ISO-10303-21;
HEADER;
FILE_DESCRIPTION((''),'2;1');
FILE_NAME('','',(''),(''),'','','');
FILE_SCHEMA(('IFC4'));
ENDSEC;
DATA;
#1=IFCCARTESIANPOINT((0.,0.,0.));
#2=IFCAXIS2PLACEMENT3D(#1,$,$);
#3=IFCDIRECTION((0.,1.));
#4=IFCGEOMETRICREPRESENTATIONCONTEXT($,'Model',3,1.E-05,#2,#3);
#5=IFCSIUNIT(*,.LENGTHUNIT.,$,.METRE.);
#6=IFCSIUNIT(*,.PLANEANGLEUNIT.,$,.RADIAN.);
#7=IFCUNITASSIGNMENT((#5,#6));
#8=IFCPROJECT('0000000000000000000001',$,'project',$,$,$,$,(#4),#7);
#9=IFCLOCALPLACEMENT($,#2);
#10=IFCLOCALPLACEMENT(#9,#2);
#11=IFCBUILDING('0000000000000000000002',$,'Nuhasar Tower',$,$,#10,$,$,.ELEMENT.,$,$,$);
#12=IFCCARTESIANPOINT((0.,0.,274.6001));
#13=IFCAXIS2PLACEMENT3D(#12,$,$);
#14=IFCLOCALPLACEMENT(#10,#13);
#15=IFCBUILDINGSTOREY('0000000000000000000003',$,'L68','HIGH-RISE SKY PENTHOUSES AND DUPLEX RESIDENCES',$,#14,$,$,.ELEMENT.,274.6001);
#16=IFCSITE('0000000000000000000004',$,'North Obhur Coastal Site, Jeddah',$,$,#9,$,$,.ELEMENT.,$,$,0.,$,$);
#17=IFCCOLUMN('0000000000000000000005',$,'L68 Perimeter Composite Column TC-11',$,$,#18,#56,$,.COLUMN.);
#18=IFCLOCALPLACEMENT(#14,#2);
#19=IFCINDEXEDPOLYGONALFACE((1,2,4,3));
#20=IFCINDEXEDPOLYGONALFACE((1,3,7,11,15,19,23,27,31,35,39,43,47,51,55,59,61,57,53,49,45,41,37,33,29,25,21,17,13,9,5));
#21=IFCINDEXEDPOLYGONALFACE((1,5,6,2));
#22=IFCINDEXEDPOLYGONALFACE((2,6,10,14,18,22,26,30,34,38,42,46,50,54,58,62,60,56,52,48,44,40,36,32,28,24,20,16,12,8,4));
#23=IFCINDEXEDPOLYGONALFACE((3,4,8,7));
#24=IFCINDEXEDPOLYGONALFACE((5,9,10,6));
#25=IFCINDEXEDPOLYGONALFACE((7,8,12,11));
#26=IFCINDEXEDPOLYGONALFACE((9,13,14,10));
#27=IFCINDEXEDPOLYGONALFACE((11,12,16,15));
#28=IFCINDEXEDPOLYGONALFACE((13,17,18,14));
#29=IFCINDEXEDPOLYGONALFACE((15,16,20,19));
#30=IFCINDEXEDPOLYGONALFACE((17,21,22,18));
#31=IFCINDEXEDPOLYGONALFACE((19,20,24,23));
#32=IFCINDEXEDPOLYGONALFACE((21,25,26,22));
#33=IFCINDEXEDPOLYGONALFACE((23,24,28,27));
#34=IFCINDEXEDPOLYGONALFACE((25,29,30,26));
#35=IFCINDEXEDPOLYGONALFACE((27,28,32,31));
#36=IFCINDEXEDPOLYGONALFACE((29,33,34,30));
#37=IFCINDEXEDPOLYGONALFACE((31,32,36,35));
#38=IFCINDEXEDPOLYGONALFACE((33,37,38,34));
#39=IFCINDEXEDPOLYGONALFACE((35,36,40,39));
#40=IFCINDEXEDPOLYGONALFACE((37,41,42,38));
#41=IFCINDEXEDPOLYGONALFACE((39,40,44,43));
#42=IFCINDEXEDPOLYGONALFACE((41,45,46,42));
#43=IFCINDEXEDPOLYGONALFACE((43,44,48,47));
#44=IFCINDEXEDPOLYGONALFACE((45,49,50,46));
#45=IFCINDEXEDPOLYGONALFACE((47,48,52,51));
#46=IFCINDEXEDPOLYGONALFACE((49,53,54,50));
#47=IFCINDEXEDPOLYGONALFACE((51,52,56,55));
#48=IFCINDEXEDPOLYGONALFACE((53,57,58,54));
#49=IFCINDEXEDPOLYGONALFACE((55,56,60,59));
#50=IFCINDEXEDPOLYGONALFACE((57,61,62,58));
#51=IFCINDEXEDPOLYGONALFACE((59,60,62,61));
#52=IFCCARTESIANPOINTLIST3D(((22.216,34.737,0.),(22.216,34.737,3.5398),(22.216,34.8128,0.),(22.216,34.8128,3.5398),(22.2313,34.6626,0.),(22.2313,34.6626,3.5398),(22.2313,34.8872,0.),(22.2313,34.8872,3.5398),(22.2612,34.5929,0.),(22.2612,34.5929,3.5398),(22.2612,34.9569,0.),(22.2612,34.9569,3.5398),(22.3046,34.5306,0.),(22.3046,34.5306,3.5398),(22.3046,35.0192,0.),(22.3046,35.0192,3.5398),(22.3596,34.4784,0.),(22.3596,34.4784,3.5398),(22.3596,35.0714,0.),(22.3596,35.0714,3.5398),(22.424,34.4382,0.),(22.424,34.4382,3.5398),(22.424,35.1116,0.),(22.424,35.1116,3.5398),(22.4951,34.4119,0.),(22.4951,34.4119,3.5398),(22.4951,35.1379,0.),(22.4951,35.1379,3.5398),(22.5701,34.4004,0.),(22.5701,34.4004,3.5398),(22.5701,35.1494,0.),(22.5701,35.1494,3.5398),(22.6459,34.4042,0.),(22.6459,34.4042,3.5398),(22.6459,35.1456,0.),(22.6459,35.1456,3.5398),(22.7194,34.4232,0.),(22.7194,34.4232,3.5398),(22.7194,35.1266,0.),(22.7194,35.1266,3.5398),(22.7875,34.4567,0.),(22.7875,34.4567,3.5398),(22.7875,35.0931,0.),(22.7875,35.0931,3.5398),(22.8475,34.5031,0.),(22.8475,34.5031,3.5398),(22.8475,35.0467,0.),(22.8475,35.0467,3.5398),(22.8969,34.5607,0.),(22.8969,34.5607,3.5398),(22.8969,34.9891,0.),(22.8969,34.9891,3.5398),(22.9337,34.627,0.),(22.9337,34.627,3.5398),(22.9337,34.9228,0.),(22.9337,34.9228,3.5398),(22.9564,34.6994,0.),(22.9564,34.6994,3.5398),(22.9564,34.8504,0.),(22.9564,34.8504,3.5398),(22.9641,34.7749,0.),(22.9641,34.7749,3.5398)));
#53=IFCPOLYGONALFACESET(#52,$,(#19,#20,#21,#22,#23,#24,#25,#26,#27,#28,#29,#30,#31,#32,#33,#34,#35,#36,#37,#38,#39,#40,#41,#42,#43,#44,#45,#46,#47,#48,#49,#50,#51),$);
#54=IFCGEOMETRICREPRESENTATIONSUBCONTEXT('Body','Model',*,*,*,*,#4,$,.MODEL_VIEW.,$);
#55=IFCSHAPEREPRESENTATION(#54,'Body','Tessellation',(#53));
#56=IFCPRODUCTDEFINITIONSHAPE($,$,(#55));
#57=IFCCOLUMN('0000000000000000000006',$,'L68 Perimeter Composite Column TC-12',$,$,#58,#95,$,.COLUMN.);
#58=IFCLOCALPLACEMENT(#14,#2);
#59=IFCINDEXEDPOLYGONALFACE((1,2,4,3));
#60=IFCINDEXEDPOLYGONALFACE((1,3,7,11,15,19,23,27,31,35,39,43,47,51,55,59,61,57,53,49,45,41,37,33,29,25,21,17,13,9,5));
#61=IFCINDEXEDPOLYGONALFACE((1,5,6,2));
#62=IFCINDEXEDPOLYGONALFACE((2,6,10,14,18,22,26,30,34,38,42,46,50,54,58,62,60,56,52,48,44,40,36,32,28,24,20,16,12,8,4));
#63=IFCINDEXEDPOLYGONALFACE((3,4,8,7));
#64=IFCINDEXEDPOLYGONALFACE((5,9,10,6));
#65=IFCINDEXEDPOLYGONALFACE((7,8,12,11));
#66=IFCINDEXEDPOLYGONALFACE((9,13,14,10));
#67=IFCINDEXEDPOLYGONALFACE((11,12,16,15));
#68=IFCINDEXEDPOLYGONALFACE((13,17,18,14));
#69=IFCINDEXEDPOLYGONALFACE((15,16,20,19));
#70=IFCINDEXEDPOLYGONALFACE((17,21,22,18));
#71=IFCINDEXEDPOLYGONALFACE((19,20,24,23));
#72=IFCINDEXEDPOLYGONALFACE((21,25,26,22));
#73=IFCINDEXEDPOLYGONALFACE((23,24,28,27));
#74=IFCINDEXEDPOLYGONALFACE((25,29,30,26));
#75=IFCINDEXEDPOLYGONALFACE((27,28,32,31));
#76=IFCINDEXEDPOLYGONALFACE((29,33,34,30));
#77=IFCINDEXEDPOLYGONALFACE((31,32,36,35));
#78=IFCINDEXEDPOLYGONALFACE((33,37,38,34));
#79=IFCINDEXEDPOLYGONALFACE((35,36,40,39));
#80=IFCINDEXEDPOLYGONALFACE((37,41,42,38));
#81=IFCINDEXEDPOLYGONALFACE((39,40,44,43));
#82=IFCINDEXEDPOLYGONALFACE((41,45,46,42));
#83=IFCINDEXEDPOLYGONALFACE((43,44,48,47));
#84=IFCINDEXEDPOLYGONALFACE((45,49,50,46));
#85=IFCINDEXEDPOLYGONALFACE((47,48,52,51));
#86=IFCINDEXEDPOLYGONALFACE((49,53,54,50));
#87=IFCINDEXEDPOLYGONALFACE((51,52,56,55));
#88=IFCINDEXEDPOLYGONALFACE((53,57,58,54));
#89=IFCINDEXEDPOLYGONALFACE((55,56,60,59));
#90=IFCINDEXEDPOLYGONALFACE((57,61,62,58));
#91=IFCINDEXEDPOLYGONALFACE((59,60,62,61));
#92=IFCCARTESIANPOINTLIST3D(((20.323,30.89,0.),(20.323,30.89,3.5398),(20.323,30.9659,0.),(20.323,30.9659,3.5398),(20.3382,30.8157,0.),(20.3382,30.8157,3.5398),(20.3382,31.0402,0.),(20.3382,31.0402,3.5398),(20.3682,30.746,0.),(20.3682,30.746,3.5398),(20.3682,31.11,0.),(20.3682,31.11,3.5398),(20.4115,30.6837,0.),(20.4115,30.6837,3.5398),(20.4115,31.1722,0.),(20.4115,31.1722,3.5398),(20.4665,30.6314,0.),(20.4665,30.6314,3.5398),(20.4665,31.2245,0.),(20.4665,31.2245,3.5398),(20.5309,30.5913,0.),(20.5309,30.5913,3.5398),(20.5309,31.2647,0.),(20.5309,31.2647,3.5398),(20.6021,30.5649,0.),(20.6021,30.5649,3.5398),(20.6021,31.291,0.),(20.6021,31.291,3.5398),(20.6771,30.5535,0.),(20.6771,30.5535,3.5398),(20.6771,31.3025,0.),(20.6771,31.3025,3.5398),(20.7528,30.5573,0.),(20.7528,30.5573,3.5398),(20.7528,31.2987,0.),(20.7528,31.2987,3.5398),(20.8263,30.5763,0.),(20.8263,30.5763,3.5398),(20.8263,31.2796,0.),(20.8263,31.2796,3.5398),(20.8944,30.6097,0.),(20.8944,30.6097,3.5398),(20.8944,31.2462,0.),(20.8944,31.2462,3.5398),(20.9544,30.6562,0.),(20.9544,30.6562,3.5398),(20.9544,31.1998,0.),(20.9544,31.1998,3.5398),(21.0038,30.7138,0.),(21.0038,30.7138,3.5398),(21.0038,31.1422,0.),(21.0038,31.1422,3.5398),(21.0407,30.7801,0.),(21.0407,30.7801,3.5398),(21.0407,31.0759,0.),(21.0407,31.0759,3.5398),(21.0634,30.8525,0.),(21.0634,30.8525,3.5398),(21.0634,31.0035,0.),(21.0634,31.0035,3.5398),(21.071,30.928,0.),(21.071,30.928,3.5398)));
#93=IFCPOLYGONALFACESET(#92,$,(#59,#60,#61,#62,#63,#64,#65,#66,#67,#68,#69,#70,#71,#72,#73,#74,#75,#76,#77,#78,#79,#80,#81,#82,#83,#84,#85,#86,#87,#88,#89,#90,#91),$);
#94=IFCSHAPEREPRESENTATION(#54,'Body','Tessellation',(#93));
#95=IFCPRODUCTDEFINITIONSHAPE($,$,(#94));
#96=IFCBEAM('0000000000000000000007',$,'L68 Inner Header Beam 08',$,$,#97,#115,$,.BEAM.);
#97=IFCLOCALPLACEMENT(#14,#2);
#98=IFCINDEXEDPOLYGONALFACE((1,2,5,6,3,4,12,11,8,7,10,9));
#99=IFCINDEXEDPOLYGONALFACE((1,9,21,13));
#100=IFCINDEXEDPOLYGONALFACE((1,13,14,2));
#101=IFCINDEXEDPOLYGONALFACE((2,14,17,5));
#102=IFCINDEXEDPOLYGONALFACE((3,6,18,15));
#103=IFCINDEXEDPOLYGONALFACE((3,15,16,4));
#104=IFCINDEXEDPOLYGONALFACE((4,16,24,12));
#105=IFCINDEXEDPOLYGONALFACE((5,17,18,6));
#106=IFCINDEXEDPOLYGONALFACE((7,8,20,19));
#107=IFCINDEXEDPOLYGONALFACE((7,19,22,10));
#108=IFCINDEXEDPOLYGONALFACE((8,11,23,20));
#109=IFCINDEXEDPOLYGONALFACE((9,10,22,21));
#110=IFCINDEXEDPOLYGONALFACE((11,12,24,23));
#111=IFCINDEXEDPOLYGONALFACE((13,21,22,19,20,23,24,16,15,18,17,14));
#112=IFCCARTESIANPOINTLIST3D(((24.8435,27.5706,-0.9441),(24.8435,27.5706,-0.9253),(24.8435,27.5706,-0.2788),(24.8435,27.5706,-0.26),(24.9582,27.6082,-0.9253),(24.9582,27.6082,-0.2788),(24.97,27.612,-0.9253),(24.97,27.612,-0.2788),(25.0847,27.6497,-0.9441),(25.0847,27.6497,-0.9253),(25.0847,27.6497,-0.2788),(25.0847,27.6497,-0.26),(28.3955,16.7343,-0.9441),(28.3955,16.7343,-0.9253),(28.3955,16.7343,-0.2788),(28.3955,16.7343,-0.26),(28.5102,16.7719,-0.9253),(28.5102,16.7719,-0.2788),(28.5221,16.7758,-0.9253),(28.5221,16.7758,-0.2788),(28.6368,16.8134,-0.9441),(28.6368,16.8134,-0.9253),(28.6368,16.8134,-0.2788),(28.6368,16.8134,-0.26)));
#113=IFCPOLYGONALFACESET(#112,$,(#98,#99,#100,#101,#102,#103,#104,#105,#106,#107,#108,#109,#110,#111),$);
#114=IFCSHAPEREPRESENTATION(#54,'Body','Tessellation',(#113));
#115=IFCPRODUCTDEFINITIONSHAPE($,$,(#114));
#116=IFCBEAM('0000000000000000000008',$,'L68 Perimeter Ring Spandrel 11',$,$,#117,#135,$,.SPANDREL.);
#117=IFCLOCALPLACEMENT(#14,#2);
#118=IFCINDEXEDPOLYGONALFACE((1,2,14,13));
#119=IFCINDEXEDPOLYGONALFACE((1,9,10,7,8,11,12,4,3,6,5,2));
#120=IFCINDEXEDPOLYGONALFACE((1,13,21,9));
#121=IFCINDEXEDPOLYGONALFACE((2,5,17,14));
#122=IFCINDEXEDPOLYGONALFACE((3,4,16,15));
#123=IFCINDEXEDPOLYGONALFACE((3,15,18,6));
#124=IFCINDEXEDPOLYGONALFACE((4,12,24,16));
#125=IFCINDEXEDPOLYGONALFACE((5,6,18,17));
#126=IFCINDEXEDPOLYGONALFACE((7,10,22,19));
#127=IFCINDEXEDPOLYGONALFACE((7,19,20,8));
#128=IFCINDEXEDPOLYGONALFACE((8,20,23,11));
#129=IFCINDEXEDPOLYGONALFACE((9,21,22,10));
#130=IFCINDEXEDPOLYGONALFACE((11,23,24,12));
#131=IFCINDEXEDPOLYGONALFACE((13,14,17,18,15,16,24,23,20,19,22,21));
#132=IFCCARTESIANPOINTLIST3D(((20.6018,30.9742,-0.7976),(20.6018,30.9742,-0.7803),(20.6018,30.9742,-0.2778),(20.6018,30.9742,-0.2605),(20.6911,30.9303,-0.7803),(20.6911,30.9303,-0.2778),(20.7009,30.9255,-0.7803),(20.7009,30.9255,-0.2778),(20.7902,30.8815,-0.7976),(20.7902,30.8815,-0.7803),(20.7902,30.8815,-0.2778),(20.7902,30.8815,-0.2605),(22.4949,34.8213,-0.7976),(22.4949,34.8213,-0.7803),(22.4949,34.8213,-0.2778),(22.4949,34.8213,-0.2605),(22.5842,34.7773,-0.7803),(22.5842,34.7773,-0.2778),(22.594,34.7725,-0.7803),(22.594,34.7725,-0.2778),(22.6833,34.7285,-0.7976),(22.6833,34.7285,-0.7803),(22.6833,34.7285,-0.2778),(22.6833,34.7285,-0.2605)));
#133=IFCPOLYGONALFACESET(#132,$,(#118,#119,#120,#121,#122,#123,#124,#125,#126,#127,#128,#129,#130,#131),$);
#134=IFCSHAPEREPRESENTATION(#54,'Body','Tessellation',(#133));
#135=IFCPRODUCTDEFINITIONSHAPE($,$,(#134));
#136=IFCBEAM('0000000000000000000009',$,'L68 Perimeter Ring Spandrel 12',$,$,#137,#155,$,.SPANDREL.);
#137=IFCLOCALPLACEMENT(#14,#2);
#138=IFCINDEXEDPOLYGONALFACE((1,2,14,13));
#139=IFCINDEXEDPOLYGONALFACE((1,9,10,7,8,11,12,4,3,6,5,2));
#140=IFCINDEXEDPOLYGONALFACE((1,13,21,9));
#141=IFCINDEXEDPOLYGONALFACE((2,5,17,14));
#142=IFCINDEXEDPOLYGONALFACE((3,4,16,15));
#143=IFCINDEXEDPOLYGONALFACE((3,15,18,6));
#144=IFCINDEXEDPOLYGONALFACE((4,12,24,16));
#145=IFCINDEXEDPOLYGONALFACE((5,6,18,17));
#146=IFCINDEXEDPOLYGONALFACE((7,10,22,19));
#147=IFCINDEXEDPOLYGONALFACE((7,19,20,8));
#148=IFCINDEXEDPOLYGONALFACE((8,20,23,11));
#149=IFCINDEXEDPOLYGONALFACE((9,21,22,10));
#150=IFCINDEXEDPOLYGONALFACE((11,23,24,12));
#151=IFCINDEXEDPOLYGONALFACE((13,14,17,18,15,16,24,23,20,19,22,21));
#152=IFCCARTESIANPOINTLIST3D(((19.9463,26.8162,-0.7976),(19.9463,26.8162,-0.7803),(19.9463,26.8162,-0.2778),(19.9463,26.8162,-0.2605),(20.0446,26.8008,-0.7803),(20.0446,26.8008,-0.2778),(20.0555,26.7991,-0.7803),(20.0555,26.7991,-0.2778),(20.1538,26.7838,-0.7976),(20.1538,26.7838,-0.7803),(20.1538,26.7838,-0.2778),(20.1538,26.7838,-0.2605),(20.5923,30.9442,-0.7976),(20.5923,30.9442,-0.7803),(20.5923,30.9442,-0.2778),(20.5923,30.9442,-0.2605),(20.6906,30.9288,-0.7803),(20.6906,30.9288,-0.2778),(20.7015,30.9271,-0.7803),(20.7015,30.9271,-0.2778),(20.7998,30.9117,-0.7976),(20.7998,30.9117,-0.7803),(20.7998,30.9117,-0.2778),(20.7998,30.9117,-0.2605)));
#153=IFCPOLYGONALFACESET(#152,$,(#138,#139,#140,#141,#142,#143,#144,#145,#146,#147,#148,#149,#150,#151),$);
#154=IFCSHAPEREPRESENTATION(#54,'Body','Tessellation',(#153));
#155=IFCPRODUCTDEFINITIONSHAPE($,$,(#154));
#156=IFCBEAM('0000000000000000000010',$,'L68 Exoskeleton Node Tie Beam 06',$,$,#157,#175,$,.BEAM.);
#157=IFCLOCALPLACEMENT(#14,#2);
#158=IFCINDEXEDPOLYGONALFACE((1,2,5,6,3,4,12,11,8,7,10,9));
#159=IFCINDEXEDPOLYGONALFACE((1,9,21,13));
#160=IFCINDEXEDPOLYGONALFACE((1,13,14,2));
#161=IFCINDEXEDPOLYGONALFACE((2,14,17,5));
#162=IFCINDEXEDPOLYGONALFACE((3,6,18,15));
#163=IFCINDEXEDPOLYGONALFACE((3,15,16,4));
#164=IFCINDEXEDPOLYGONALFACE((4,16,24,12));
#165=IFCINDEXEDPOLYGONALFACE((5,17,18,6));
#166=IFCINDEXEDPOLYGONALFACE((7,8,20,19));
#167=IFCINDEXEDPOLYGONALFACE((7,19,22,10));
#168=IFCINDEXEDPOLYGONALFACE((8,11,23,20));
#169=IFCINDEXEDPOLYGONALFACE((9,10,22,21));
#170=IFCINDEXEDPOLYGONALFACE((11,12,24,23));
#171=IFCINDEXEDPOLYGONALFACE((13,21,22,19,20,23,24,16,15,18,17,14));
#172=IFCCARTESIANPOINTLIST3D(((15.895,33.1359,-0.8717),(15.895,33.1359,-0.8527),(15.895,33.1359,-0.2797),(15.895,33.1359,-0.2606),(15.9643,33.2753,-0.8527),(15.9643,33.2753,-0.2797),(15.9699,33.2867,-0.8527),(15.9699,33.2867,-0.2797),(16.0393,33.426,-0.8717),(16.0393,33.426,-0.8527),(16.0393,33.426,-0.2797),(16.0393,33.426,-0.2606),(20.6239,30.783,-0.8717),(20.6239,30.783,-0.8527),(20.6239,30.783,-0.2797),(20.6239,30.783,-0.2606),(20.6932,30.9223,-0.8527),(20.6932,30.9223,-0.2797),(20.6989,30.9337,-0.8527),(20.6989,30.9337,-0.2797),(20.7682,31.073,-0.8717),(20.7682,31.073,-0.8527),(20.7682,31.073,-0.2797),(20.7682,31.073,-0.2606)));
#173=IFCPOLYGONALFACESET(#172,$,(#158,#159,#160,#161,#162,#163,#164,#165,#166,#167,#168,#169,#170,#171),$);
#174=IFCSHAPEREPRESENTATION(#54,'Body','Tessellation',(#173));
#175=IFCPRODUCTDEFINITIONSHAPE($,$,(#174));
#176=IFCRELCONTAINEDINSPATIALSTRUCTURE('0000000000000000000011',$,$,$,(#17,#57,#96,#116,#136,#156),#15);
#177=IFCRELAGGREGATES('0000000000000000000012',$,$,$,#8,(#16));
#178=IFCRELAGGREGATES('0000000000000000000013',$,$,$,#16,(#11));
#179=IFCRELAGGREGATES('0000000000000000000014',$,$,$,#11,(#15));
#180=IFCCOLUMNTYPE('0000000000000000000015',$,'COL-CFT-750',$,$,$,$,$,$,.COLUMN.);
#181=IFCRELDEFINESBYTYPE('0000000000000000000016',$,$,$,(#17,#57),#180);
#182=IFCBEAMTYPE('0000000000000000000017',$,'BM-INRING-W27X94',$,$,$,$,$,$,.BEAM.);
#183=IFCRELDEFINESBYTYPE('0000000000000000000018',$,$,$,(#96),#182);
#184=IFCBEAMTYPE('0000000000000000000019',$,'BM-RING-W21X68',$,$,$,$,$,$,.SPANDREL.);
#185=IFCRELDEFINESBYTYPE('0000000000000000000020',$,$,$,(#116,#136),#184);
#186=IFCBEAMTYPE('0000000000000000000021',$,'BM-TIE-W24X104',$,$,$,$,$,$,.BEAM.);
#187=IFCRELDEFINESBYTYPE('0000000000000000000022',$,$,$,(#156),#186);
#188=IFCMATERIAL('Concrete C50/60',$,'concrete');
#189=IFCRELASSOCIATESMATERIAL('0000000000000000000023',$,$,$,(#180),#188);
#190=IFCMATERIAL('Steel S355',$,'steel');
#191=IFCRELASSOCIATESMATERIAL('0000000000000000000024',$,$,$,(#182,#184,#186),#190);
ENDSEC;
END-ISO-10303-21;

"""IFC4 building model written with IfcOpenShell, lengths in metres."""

from ifc_helpers import new_model, si_unit, direction, frame, origin, origin_2d, place, context, subcontext, project, spatial, circle, i_section, extrude, material, material_profile, profile_set, type_object, element, save


model = new_model("IFC4")

# Units and contexts
model_context = context("Model", 3, precision=1e-05, world=origin(), true_north=direction((0.0, 1.0)))
body_context = subcontext(model_context, "Body", "Model", "MODEL_VIEW")
ifc_project = project(units=[si_unit("LENGTHUNIT", "METRE"), si_unit("PLANEANGLEUNIT", "RADIAN")], contexts=[model_context])

# Site, building, storey
site_placement = place(None, origin())
site = spatial("IfcSite", under=ifc_project, at=site_placement, Name="North Obhur Coastal Site, Jeddah", CompositionType="ELEMENT", RefElevation=0.0)
building_placement = place(site_placement, origin())
building = spatial("IfcBuilding", under=site, at=building_placement, Name="Nuhasar Tower", CompositionType="ELEMENT")
storey_placement = place(building_placement, frame((0.0, 0.0, 274.6001)))
storey = spatial("IfcBuildingStorey", under=building, at=storey_placement, Name="L68", Description="HIGH-RISE SKY PENTHOUSES AND DUPLEX RESIDENCES", CompositionType="ELEMENT", Elevation=274.6001)

# Columns
ifc_material_1 = material(Name="Concrete C50/60", Category="concrete")
ifc_material_profile_1 = material_profile(ifc_material_1, circle(Radius=0.375, at=origin_2d()), Name="CFT750")
ifc_profile_set_1 = profile_set([ifc_material_profile_1], Name="Concrete C50/60")
column_type = type_object("IfcColumnType", Name="COL-CFT-750", PredefinedType="COLUMN", material=ifc_profile_set_1)
for number, where, z_axis, x_axis, name in (
    (1, (22.5891, 34.7749, 0.0), (0.0, 0.0, 1.0), (1.0, 0.0, 0.0), "L68 Perimeter Composite Column TC-11"),
    (2, (20.696, 30.928, 0.0), (0.0, 0.0, 1.0), (1.0, 0.0, 0.0), "L68 Perimeter Composite Column TC-12"),
):
    element("IfcColumn", number, at=place(storey_placement, frame(where, z_axis=z_axis, x_axis=x_axis)), inside=storey, type_object=column_type, Name=name, PredefinedType="COLUMN", context=body_context, shape_type="SweptSolid", body=[
        extrude(circle(Radius=0.375, at=origin_2d()), origin(), (0.0, 0.0, 1.0), 3.5398),
    ])

# Beams
ifc_material_2 = material(Name="Steel S355", Category="steel")
ifc_material_profile_2 = material_profile(ifc_material_2, i_section(OverallWidth=0.2539, OverallDepth=0.6841, WebThickness=0.0125, FlangeThickness=0.0188, at=origin_2d()), Name="W27X94")
ifc_profile_set_2 = profile_set([ifc_material_profile_2], Name="Steel S355")
beam_type_1 = type_object("IfcBeamType", Name="BM-INRING-W27X94", PredefinedType="BEAM", material=ifc_profile_set_2)
beam_1_placement = place(storey_placement, frame((24.9641, 27.6101, -0.6021), z_axis=(0.311484, -0.950251, 0.0), x_axis=(0.950251, 0.311484, 0.0)))
element("IfcBeam", 3, at=beam_1_placement, inside=storey, type_object=beam_type_1, Name="L68 Inner Header Beam 08", PredefinedType="BEAM", context=body_context, shape_type="SweptSolid", body=[
    extrude(i_section(OverallWidth=0.2539, OverallDepth=0.6841, WebThickness=0.0125, FlangeThickness=0.0188, at=origin_2d()), origin(), (0.0, 0.0, 1.0), 11.4036),
])
ifc_material_profile_3 = material_profile(ifc_material_2, i_section(OverallWidth=0.21, OverallDepth=0.5371, WebThickness=0.011, FlangeThickness=0.0173, at=origin_2d()), Name="W21X68")
ifc_profile_set_3 = profile_set([ifc_material_profile_3], Name="Steel S355")
beam_type_2 = type_object("IfcBeamType", Name="BM-RING-W21X68", PredefinedType="SPANDREL", material=ifc_profile_set_3)
beam_2_placement = place(storey_placement, frame((22.5891, 34.7749, -0.5291), z_axis=(-0.441533, -0.897245, 0.0), x_axis=(0.897245, -0.441533, 0.0)))
element("IfcBeam", 4, at=beam_2_placement, inside=storey, type_object=beam_type_2, Name="L68 Perimeter Ring Spandrel 11", PredefinedType="SPANDREL", context=body_context, shape_type="SweptSolid", body=[
    extrude(i_section(OverallWidth=0.21, OverallDepth=0.5371, WebThickness=0.011, FlangeThickness=0.0173, at=origin_2d()), origin(), (0.0, 0.0, 1.0), 4.2876),
])
beam_3_placement = place(storey_placement, frame((20.696, 30.928, -0.5291), z_axis=(-0.154612, -0.987975, 0.0), x_axis=(0.987975, -0.154612, 0.0)))
element("IfcBeam", 5, at=beam_3_placement, inside=storey, type_object=beam_type_2, Name="L68 Perimeter Ring Spandrel 12", PredefinedType="SPANDREL", context=body_context, shape_type="SweptSolid", body=[
    extrude(i_section(OverallWidth=0.21, OverallDepth=0.5371, WebThickness=0.011, FlangeThickness=0.0173, at=origin_2d()), origin(), (0.0, 0.0, 1.0), 4.1782),
])
ifc_material_profile_4 = material_profile(ifc_material_2, i_section(OverallWidth=0.324, OverallDepth=0.6111, WebThickness=0.0127, FlangeThickness=0.019, at=origin_2d()), Name="W24X104")
ifc_profile_set_4 = profile_set([ifc_material_profile_4], Name="Steel S355")
beam_type_3 = type_object("IfcBeamType", Name="BM-TIE-W24X104", PredefinedType="BEAM", material=ifc_profile_set_4)
beam_4_placement = place(storey_placement, frame((20.696, 30.928, -0.5662), z_axis=(-0.895294, 0.445475, 0.0), x_axis=(-0.445475, -0.895294, 0.0)))
element("IfcBeam", 6, at=beam_4_placement, inside=storey, type_object=beam_type_3, Name="L68 Exoskeleton Node Tie Beam 06", PredefinedType="BEAM", context=body_context, shape_type="SweptSolid", body=[
    extrude(i_section(OverallWidth=0.324, OverallDepth=0.6111, WebThickness=0.0127, FlangeThickness=0.019, at=origin_2d()), origin(), (0.0, 0.0, 1.0), 5.282),
])

save(model, "model.ifc")
